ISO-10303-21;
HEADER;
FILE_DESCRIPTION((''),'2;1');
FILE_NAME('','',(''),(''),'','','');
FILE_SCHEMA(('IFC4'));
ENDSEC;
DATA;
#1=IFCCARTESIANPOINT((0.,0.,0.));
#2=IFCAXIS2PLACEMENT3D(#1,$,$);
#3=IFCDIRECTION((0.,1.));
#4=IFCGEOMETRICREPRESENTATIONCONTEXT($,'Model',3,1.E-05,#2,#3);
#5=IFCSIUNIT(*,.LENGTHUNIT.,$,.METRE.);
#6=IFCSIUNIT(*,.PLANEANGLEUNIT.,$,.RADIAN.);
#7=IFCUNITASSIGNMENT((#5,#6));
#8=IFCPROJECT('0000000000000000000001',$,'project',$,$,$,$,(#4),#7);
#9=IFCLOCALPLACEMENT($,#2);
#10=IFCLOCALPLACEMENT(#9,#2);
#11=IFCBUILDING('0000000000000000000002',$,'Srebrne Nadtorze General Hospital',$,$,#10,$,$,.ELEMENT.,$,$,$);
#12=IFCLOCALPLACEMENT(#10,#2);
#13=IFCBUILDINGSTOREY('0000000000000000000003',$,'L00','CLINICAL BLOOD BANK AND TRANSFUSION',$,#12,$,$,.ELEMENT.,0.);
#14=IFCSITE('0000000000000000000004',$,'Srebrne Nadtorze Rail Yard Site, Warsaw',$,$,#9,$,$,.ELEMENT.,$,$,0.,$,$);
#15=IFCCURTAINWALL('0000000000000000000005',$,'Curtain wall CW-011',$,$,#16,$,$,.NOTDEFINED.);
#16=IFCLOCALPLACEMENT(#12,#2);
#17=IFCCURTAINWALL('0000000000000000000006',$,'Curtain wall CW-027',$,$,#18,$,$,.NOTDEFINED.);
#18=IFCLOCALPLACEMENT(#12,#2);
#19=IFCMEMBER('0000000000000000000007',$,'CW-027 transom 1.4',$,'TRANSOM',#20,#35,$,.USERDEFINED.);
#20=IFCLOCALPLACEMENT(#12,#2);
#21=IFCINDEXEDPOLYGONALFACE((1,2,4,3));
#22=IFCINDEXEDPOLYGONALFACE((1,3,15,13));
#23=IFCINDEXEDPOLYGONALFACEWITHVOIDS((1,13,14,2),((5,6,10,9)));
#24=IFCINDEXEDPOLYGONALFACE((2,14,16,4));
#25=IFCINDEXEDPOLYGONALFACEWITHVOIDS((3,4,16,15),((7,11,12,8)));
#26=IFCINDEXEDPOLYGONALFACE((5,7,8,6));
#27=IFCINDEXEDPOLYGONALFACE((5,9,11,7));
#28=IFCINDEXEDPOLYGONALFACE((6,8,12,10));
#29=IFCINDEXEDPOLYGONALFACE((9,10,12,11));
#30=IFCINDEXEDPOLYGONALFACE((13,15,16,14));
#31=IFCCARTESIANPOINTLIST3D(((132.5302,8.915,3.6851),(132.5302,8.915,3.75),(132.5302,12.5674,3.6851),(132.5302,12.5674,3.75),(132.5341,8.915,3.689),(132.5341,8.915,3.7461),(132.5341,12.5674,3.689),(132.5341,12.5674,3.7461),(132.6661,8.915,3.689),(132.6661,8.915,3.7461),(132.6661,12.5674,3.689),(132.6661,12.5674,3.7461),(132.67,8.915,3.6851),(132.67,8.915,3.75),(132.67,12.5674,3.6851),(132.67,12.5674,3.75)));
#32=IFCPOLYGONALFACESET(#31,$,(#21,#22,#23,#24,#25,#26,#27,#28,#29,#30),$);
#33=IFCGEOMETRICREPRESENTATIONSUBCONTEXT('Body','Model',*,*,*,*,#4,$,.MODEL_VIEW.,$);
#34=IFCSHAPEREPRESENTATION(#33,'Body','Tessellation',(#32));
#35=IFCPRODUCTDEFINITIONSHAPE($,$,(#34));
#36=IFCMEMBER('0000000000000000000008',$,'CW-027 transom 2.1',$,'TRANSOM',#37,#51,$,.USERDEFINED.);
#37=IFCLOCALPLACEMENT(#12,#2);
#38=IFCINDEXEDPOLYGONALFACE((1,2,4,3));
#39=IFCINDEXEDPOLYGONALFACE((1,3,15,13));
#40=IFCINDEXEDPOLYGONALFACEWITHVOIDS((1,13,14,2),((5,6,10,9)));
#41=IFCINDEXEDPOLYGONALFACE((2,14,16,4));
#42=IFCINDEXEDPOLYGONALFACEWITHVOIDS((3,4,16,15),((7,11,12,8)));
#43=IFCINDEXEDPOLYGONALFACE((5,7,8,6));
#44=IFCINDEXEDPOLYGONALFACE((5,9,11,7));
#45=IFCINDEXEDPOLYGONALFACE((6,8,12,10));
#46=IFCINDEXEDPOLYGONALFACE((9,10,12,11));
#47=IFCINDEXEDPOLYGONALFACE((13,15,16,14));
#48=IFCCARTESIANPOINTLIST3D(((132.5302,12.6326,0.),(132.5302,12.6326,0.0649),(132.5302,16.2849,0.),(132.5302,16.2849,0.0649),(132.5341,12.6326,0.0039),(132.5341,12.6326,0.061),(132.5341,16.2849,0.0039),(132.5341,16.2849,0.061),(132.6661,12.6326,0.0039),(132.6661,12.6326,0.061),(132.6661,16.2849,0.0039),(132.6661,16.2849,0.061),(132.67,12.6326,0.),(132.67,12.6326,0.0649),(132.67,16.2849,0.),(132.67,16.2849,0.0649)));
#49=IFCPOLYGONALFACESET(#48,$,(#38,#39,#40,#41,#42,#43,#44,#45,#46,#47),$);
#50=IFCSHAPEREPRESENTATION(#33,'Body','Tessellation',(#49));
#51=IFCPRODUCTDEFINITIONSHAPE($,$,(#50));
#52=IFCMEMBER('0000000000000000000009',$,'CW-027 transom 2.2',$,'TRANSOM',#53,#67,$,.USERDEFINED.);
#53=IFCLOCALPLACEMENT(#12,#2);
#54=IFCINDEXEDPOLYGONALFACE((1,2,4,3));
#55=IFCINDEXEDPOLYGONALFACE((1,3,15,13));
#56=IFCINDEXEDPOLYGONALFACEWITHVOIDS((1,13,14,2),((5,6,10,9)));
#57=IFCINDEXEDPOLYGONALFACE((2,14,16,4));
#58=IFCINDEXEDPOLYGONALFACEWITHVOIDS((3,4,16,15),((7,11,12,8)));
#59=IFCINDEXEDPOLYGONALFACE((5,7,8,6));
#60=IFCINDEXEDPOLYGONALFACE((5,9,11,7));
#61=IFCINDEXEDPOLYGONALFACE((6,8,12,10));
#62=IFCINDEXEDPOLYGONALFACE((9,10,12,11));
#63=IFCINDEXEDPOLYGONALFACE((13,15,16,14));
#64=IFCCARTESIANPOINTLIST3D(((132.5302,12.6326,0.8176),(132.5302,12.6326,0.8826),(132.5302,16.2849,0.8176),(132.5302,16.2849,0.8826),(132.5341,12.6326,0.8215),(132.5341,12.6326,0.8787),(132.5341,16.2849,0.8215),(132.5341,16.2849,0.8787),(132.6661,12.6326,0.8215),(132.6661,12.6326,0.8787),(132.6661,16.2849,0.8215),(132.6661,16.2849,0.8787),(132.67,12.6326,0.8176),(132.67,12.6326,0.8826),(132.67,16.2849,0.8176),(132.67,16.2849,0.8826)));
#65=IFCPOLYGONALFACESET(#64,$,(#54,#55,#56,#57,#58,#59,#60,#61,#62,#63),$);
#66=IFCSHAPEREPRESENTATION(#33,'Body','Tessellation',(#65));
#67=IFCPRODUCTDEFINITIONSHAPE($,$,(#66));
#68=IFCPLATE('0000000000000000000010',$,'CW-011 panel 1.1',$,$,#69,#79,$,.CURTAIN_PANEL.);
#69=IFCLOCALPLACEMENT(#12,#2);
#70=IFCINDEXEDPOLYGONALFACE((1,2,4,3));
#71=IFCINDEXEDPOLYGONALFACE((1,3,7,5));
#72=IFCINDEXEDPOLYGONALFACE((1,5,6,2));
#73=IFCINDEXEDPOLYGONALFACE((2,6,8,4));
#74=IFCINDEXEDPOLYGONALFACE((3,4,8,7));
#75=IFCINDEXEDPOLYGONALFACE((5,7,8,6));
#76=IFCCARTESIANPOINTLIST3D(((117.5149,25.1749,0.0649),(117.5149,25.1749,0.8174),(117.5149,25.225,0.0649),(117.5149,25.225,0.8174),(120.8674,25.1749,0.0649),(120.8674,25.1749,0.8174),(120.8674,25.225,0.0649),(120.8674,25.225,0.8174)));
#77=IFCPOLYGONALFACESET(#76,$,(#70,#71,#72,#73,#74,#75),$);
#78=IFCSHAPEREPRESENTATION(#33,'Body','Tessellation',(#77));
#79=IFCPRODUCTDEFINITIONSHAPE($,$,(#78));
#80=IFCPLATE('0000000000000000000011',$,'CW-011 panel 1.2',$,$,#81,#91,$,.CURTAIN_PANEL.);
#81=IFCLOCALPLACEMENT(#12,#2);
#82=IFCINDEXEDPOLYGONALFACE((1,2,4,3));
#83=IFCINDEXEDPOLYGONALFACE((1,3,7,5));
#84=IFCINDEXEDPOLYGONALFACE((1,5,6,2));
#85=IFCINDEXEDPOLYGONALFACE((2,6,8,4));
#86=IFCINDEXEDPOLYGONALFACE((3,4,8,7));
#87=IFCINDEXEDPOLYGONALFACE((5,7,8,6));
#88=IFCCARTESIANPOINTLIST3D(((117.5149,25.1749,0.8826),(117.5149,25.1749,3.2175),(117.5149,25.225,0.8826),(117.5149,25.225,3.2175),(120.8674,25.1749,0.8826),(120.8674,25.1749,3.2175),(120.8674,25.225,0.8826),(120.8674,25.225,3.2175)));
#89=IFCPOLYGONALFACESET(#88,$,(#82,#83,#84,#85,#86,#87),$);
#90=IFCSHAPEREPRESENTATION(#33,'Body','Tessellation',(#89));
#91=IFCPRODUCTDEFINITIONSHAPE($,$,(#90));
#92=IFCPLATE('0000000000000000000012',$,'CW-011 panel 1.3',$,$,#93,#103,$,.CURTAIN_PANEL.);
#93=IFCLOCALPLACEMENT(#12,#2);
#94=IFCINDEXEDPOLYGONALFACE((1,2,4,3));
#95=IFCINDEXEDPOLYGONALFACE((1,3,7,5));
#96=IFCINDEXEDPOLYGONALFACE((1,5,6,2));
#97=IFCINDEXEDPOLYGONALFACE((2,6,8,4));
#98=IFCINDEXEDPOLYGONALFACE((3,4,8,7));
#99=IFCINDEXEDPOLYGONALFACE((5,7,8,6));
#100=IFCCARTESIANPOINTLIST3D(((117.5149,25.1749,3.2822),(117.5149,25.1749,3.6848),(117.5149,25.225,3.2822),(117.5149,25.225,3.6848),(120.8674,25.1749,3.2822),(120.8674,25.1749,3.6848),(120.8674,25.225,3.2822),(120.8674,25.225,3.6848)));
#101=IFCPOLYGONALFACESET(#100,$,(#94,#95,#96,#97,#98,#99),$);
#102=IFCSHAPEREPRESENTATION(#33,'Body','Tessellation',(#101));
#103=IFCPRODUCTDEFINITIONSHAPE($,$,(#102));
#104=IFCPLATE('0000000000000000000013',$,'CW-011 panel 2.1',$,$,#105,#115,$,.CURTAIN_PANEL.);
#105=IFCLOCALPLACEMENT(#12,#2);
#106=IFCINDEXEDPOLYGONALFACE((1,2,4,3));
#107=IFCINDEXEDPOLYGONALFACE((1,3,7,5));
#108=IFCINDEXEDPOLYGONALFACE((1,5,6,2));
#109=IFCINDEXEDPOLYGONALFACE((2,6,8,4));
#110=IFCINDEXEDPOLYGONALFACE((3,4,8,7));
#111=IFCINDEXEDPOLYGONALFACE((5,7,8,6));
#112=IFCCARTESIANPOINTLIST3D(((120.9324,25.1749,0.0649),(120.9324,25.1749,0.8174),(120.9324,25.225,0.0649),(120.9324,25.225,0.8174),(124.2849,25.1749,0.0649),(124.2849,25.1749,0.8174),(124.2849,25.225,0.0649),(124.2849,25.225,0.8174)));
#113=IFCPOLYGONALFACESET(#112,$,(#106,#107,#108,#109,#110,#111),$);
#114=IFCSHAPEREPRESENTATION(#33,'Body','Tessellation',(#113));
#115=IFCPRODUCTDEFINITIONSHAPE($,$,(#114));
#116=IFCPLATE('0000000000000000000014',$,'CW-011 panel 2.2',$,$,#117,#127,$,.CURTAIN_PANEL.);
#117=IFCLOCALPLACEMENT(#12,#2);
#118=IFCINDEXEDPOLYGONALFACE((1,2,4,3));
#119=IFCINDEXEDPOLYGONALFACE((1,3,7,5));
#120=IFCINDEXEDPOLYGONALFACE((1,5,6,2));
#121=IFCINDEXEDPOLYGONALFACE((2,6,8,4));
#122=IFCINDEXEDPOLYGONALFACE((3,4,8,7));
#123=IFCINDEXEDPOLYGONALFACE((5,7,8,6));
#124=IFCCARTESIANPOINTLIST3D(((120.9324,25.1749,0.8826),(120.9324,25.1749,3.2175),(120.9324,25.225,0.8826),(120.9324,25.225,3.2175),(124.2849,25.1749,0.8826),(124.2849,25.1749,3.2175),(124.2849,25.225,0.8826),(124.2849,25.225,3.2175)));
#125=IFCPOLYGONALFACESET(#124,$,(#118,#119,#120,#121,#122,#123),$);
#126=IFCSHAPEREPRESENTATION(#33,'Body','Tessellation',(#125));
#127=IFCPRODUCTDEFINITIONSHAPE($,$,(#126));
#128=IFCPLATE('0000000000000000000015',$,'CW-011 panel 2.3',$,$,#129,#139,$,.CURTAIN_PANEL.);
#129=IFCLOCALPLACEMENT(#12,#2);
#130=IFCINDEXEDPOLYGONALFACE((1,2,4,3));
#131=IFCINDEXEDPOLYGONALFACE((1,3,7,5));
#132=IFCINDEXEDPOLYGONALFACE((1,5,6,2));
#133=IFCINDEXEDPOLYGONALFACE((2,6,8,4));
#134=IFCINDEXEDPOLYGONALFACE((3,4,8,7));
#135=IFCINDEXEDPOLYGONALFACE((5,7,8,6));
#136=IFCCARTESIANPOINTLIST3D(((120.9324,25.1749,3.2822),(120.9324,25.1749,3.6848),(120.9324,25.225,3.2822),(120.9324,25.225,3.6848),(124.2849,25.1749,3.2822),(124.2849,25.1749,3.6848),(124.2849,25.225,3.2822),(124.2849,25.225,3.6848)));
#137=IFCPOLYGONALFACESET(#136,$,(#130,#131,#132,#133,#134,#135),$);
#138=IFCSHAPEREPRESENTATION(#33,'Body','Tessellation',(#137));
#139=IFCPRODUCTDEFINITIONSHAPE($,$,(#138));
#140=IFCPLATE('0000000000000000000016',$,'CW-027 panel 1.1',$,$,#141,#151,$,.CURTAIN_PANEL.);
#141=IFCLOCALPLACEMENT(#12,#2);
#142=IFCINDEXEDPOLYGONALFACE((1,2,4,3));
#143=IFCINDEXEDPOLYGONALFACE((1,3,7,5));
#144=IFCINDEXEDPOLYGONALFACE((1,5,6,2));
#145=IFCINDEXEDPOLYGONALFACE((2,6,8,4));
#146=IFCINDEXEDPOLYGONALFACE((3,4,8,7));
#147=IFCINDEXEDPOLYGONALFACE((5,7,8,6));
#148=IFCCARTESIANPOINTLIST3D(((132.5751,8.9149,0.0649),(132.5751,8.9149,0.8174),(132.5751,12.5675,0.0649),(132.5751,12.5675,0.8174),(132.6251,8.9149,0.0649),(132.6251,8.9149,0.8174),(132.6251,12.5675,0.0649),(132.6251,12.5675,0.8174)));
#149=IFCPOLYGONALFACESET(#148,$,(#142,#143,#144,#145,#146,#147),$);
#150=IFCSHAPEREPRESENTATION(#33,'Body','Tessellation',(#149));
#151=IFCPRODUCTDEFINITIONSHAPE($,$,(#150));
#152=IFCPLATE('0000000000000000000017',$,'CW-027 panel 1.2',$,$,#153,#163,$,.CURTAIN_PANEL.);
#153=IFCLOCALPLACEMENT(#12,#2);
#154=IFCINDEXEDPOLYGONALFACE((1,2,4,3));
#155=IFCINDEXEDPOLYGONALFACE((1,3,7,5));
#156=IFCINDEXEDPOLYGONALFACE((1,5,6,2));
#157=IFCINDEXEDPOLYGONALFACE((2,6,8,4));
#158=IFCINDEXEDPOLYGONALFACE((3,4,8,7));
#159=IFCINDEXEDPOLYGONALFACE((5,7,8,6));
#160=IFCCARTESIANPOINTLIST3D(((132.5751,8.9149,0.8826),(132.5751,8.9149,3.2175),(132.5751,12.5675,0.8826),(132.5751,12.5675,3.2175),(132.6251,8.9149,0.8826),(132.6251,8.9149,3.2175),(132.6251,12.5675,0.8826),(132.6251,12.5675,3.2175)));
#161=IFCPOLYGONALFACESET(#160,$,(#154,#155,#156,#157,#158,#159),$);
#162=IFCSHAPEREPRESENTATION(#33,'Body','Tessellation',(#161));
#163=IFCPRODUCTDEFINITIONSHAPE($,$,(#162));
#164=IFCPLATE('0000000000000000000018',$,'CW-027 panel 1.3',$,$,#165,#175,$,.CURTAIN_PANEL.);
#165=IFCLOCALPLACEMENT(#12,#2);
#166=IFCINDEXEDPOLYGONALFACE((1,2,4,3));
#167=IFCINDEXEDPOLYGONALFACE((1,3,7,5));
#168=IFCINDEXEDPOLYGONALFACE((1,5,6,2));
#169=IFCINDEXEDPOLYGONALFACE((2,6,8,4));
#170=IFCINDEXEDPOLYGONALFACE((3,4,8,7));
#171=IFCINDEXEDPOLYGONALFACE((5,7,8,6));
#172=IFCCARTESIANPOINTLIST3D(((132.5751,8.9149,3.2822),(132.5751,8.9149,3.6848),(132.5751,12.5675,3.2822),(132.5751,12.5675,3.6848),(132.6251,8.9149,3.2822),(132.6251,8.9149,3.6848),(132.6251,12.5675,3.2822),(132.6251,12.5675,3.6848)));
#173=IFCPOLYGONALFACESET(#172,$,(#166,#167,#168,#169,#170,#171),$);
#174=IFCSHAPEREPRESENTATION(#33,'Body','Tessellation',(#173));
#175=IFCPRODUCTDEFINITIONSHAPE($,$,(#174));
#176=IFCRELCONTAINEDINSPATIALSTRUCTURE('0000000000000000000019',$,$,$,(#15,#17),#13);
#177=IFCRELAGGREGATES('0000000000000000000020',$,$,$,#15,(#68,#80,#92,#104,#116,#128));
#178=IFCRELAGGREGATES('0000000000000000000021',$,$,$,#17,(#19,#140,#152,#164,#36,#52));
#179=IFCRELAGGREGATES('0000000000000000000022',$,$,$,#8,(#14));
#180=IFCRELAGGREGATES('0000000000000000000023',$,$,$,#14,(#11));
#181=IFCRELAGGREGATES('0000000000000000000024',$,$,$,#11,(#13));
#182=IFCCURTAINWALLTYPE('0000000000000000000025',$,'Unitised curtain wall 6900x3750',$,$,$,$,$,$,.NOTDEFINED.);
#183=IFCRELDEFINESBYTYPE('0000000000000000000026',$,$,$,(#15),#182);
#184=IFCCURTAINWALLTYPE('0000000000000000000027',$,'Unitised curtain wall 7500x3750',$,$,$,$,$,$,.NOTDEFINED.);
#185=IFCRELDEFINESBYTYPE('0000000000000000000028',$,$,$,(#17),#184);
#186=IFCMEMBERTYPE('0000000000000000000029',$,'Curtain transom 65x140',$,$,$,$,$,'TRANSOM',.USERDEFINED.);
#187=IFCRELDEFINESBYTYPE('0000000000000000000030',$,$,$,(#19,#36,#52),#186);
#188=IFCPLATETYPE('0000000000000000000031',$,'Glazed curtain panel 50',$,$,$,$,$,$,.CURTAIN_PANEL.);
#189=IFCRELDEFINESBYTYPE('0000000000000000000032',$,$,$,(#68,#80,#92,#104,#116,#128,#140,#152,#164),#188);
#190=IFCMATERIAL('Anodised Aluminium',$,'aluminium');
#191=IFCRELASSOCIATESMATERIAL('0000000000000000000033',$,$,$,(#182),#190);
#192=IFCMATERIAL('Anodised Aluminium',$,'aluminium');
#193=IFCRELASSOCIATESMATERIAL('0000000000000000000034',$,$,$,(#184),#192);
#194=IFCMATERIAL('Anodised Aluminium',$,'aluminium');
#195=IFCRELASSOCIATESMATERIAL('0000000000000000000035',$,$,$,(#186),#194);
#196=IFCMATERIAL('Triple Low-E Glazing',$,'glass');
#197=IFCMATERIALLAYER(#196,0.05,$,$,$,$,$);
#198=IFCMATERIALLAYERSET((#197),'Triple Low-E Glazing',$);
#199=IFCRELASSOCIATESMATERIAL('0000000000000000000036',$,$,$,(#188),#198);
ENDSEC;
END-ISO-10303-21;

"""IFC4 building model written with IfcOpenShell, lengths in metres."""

from ifc_helpers import new_model, si_unit, direction, frame, origin, origin_2d, place, context, subcontext, project, spatial, rectangle, hollow_rectangle, extrude, material, layer, layer_set, material_profile, profile_set, type_object, element, aggregate, save


model = new_model("IFC4")

# Units and contexts
model_context = context("Model", 3, precision=1e-05, world=origin(), true_north=direction((0.0, 1.0)))
body_context = subcontext(model_context, "Body", "Model", "MODEL_VIEW")
ifc_project = project(units=[si_unit("LENGTHUNIT", "METRE"), si_unit("PLANEANGLEUNIT", "RADIAN")], contexts=[model_context])

# Site, building, storey
site_placement = place(None, origin())
site = spatial("IfcSite", under=ifc_project, at=site_placement, Name="Srebrne Nadtorze Rail Yard Site, Warsaw", CompositionType="ELEMENT", RefElevation=0.0)
building_placement = place(site_placement, origin())
building = spatial("IfcBuilding", under=site, at=building_placement, Name="Srebrne Nadtorze General Hospital", CompositionType="ELEMENT")
storey_placement = place(building_placement, origin())
storey = spatial("IfcBuildingStorey", under=building, at=storey_placement, Name="L00", Description="CLINICAL BLOOD BANK AND TRANSFUSION", CompositionType="ELEMENT", Elevation=0.0)

# Curtain wall
ifc_material_1 = material(Name="Anodised Aluminium", Category="aluminium")
curtain_wall_type_1 = type_object("IfcCurtainWallType", Name="Unitised curtain wall 6900x3750", PredefinedType="NOTDEFINED", material=ifc_material_1)
curtain_wall_1_placement = place(storey_placement, origin())
curtain_wall_1 = element("IfcCurtainWall", 1, at=curtain_wall_1_placement, inside=storey, type_object=curtain_wall_type_1, Name="Curtain wall CW-011", PredefinedType="NOTDEFINED")

# Curtain wall
ifc_material_2 = material(Name="Anodised Aluminium", Category="aluminium")
curtain_wall_type_2 = type_object("IfcCurtainWallType", Name="Unitised curtain wall 7500x3750", PredefinedType="NOTDEFINED", material=ifc_material_2)
curtain_wall_2_placement = place(storey_placement, origin())
curtain_wall_2 = element("IfcCurtainWall", 2, at=curtain_wall_2_placement, inside=storey, type_object=curtain_wall_type_2, Name="Curtain wall CW-027", PredefinedType="NOTDEFINED")

# Members
ifc_material_3 = material(Name="Anodised Aluminium", Category="aluminium")
ifc_material_profile_1 = material_profile(ifc_material_3, hollow_rectangle(XDim=0.0649, YDim=0.1399, WallThickness=0.0039, at=origin_2d()), Name="AL-TRN-65x140")
ifc_profile_set_1 = profile_set([ifc_material_profile_1], Name="Anodised Aluminium")
member_type_1 = type_object("IfcMemberType", Name="Curtain transom 65x140", ElementType="TRANSOM", PredefinedType="USERDEFINED", material=ifc_profile_set_1)
member_1_placement = place(storey_placement, frame((132.6001, 8.915, 3.7175), z_axis=(0.0, 1.0, 0.0), x_axis=(0.0, 0.0, 1.0)))
member_1 = element("IfcMember", 3, at=member_1_placement, type_object=member_type_1, Name="CW-027 transom 1.4", ObjectType="TRANSOM", PredefinedType="USERDEFINED", context=body_context, shape_type="SweptSolid", body=[
    extrude(hollow_rectangle(XDim=0.0649, YDim=0.1399, WallThickness=0.0039, at=origin_2d()), origin(), (0.0, 0.0, 1.0), 3.6523),
])
member_2_placement = place(storey_placement, frame((132.6001, 12.6326, 0.0325), z_axis=(0.0, 1.0, 0.0), x_axis=(0.0, 0.0, 1.0)))
member_2 = element("IfcMember", 4, at=member_2_placement, type_object=member_type_1, Name="CW-027 transom 2.1", ObjectType="TRANSOM", PredefinedType="USERDEFINED", context=body_context, shape_type="SweptSolid", body=[
    extrude(hollow_rectangle(XDim=0.0649, YDim=0.1399, WallThickness=0.0039, at=origin_2d()), origin(), (0.0, 0.0, 1.0), 3.6523),
])
member_3_placement = place(storey_placement, frame((132.6001, 12.6326, 0.8501), z_axis=(0.0, 1.0, 0.0), x_axis=(0.0, 0.0, 1.0)))
member_3 = element("IfcMember", 5, at=member_3_placement, type_object=member_type_1, Name="CW-027 transom 2.2", ObjectType="TRANSOM", PredefinedType="USERDEFINED", context=body_context, shape_type="SweptSolid", body=[
    extrude(hollow_rectangle(XDim=0.0649, YDim=0.1399, WallThickness=0.0039, at=origin_2d()), origin(), (0.0, 0.0, 1.0), 3.6523),
])

# Plates
ifc_material_4 = material(Name="Triple Low-E Glazing", Category="glass")
ifc_layer = layer(ifc_material_4, 0.05)
ifc_layer_set = layer_set([ifc_layer], Name="Triple Low-E Glazing")
plate_type = type_object("IfcPlateType", Name="Glazed curtain panel 50", PredefinedType="CURTAIN_PANEL", material=ifc_layer_set)
plate_1_placement = place(storey_placement, frame((119.1912, 25.2, 0.0649), z_axis=(0.0, 0.0, 1.0), x_axis=(1.0, 0.0, 0.0)))
plate_1 = element("IfcPlate", 6, at=plate_1_placement, type_object=plate_type, Name="CW-011 panel 1.1", PredefinedType="CURTAIN_PANEL", context=body_context, shape_type="SweptSolid", body=[
    extrude(rectangle(XDim=3.3525, YDim=0.05, at=origin_2d()), origin(), (0.0, 0.0, 1.0), 0.7524),
])
plate_2_placement = place(storey_placement, frame((119.1912, 25.2, 0.8826), z_axis=(0.0, 0.0, 1.0), x_axis=(1.0, 0.0, 0.0)))
plate_2 = element("IfcPlate", 7, at=plate_2_placement, type_object=plate_type, Name="CW-011 panel 1.2", PredefinedType="CURTAIN_PANEL", context=body_context, shape_type="SweptSolid", body=[
    extrude(rectangle(XDim=3.3525, YDim=0.05, at=origin_2d()), origin(), (0.0, 0.0, 1.0), 2.335),
])
plate_3_placement = place(storey_placement, frame((119.1912, 25.2, 3.2822), z_axis=(0.0, 0.0, 1.0), x_axis=(1.0, 0.0, 0.0)))
plate_3 = element("IfcPlate", 8, at=plate_3_placement, type_object=plate_type, Name="CW-011 panel 1.3", PredefinedType="CURTAIN_PANEL", context=body_context, shape_type="SweptSolid", body=[
    extrude(rectangle(XDim=3.3525, YDim=0.05, at=origin_2d()), origin(), (0.0, 0.0, 1.0), 0.4026),
])
plate_4_placement = place(storey_placement, frame((122.6086, 25.2, 0.0649), z_axis=(0.0, 0.0, 1.0), x_axis=(1.0, 0.0, 0.0)))
plate_4 = element("IfcPlate", 9, at=plate_4_placement, type_object=plate_type, Name="CW-011 panel 2.1", PredefinedType="CURTAIN_PANEL", context=body_context, shape_type="SweptSolid", body=[
    extrude(rectangle(XDim=3.3525, YDim=0.05, at=origin_2d()), origin(), (0.0, 0.0, 1.0), 0.7524),
])
plate_5_placement = place(storey_placement, frame((122.6086, 25.2, 0.8826), z_axis=(0.0, 0.0, 1.0), x_axis=(1.0, 0.0, 0.0)))
plate_5 = element("IfcPlate", 10, at=plate_5_placement, type_object=plate_type, Name="CW-011 panel 2.2", PredefinedType="CURTAIN_PANEL", context=body_context, shape_type="SweptSolid", body=[
    extrude(rectangle(XDim=3.3525, YDim=0.05, at=origin_2d()), origin(), (0.0, 0.0, 1.0), 2.335),
])
plate_6_placement = place(storey_placement, frame((122.6086, 25.2, 3.2822), z_axis=(0.0, 0.0, 1.0), x_axis=(1.0, 0.0, 0.0)))
plate_6 = element("IfcPlate", 11, at=plate_6_placement, type_object=plate_type, Name="CW-011 panel 2.3", PredefinedType="CURTAIN_PANEL", context=body_context, shape_type="SweptSolid", body=[
    extrude(rectangle(XDim=3.3525, YDim=0.05, at=origin_2d()), origin(), (0.0, 0.0, 1.0), 0.4026),
])
aggregate(curtain_wall_1, [plate_1, plate_2, plate_3, plate_4, plate_5, plate_6])
plate_7_placement = place(storey_placement, frame((132.6001, 10.7412, 0.0649), z_axis=(0.0, 0.0, 1.0), x_axis=(0.0, 1.0, 0.0)))
plate_7 = element("IfcPlate", 12, at=plate_7_placement, type_object=plate_type, Name="CW-027 panel 1.1", PredefinedType="CURTAIN_PANEL", context=body_context, shape_type="SweptSolid", body=[
    extrude(rectangle(XDim=3.6526, YDim=0.05, at=origin_2d()), origin(), (0.0, 0.0, 1.0), 0.7524),
])
plate_8_placement = place(storey_placement, frame((132.6001, 10.7412, 0.8826), z_axis=(0.0, 0.0, 1.0), x_axis=(0.0, 1.0, 0.0)))
plate_8 = element("IfcPlate", 13, at=plate_8_placement, type_object=plate_type, Name="CW-027 panel 1.2", PredefinedType="CURTAIN_PANEL", context=body_context, shape_type="SweptSolid", body=[
    extrude(rectangle(XDim=3.6526, YDim=0.05, at=origin_2d()), origin(), (0.0, 0.0, 1.0), 2.335),
])
plate_9_placement = place(storey_placement, frame((132.6001, 10.7412, 3.2822), z_axis=(0.0, 0.0, 1.0), x_axis=(0.0, 1.0, 0.0)))
plate_9 = element("IfcPlate", 14, at=plate_9_placement, type_object=plate_type, Name="CW-027 panel 1.3", PredefinedType="CURTAIN_PANEL", context=body_context, shape_type="SweptSolid", body=[
    extrude(rectangle(XDim=3.6526, YDim=0.05, at=origin_2d()), origin(), (0.0, 0.0, 1.0), 0.4026),
])
aggregate(curtain_wall_2, [member_1, plate_7, plate_8, plate_9, member_2, member_3])

save(model, "model.ifc")
